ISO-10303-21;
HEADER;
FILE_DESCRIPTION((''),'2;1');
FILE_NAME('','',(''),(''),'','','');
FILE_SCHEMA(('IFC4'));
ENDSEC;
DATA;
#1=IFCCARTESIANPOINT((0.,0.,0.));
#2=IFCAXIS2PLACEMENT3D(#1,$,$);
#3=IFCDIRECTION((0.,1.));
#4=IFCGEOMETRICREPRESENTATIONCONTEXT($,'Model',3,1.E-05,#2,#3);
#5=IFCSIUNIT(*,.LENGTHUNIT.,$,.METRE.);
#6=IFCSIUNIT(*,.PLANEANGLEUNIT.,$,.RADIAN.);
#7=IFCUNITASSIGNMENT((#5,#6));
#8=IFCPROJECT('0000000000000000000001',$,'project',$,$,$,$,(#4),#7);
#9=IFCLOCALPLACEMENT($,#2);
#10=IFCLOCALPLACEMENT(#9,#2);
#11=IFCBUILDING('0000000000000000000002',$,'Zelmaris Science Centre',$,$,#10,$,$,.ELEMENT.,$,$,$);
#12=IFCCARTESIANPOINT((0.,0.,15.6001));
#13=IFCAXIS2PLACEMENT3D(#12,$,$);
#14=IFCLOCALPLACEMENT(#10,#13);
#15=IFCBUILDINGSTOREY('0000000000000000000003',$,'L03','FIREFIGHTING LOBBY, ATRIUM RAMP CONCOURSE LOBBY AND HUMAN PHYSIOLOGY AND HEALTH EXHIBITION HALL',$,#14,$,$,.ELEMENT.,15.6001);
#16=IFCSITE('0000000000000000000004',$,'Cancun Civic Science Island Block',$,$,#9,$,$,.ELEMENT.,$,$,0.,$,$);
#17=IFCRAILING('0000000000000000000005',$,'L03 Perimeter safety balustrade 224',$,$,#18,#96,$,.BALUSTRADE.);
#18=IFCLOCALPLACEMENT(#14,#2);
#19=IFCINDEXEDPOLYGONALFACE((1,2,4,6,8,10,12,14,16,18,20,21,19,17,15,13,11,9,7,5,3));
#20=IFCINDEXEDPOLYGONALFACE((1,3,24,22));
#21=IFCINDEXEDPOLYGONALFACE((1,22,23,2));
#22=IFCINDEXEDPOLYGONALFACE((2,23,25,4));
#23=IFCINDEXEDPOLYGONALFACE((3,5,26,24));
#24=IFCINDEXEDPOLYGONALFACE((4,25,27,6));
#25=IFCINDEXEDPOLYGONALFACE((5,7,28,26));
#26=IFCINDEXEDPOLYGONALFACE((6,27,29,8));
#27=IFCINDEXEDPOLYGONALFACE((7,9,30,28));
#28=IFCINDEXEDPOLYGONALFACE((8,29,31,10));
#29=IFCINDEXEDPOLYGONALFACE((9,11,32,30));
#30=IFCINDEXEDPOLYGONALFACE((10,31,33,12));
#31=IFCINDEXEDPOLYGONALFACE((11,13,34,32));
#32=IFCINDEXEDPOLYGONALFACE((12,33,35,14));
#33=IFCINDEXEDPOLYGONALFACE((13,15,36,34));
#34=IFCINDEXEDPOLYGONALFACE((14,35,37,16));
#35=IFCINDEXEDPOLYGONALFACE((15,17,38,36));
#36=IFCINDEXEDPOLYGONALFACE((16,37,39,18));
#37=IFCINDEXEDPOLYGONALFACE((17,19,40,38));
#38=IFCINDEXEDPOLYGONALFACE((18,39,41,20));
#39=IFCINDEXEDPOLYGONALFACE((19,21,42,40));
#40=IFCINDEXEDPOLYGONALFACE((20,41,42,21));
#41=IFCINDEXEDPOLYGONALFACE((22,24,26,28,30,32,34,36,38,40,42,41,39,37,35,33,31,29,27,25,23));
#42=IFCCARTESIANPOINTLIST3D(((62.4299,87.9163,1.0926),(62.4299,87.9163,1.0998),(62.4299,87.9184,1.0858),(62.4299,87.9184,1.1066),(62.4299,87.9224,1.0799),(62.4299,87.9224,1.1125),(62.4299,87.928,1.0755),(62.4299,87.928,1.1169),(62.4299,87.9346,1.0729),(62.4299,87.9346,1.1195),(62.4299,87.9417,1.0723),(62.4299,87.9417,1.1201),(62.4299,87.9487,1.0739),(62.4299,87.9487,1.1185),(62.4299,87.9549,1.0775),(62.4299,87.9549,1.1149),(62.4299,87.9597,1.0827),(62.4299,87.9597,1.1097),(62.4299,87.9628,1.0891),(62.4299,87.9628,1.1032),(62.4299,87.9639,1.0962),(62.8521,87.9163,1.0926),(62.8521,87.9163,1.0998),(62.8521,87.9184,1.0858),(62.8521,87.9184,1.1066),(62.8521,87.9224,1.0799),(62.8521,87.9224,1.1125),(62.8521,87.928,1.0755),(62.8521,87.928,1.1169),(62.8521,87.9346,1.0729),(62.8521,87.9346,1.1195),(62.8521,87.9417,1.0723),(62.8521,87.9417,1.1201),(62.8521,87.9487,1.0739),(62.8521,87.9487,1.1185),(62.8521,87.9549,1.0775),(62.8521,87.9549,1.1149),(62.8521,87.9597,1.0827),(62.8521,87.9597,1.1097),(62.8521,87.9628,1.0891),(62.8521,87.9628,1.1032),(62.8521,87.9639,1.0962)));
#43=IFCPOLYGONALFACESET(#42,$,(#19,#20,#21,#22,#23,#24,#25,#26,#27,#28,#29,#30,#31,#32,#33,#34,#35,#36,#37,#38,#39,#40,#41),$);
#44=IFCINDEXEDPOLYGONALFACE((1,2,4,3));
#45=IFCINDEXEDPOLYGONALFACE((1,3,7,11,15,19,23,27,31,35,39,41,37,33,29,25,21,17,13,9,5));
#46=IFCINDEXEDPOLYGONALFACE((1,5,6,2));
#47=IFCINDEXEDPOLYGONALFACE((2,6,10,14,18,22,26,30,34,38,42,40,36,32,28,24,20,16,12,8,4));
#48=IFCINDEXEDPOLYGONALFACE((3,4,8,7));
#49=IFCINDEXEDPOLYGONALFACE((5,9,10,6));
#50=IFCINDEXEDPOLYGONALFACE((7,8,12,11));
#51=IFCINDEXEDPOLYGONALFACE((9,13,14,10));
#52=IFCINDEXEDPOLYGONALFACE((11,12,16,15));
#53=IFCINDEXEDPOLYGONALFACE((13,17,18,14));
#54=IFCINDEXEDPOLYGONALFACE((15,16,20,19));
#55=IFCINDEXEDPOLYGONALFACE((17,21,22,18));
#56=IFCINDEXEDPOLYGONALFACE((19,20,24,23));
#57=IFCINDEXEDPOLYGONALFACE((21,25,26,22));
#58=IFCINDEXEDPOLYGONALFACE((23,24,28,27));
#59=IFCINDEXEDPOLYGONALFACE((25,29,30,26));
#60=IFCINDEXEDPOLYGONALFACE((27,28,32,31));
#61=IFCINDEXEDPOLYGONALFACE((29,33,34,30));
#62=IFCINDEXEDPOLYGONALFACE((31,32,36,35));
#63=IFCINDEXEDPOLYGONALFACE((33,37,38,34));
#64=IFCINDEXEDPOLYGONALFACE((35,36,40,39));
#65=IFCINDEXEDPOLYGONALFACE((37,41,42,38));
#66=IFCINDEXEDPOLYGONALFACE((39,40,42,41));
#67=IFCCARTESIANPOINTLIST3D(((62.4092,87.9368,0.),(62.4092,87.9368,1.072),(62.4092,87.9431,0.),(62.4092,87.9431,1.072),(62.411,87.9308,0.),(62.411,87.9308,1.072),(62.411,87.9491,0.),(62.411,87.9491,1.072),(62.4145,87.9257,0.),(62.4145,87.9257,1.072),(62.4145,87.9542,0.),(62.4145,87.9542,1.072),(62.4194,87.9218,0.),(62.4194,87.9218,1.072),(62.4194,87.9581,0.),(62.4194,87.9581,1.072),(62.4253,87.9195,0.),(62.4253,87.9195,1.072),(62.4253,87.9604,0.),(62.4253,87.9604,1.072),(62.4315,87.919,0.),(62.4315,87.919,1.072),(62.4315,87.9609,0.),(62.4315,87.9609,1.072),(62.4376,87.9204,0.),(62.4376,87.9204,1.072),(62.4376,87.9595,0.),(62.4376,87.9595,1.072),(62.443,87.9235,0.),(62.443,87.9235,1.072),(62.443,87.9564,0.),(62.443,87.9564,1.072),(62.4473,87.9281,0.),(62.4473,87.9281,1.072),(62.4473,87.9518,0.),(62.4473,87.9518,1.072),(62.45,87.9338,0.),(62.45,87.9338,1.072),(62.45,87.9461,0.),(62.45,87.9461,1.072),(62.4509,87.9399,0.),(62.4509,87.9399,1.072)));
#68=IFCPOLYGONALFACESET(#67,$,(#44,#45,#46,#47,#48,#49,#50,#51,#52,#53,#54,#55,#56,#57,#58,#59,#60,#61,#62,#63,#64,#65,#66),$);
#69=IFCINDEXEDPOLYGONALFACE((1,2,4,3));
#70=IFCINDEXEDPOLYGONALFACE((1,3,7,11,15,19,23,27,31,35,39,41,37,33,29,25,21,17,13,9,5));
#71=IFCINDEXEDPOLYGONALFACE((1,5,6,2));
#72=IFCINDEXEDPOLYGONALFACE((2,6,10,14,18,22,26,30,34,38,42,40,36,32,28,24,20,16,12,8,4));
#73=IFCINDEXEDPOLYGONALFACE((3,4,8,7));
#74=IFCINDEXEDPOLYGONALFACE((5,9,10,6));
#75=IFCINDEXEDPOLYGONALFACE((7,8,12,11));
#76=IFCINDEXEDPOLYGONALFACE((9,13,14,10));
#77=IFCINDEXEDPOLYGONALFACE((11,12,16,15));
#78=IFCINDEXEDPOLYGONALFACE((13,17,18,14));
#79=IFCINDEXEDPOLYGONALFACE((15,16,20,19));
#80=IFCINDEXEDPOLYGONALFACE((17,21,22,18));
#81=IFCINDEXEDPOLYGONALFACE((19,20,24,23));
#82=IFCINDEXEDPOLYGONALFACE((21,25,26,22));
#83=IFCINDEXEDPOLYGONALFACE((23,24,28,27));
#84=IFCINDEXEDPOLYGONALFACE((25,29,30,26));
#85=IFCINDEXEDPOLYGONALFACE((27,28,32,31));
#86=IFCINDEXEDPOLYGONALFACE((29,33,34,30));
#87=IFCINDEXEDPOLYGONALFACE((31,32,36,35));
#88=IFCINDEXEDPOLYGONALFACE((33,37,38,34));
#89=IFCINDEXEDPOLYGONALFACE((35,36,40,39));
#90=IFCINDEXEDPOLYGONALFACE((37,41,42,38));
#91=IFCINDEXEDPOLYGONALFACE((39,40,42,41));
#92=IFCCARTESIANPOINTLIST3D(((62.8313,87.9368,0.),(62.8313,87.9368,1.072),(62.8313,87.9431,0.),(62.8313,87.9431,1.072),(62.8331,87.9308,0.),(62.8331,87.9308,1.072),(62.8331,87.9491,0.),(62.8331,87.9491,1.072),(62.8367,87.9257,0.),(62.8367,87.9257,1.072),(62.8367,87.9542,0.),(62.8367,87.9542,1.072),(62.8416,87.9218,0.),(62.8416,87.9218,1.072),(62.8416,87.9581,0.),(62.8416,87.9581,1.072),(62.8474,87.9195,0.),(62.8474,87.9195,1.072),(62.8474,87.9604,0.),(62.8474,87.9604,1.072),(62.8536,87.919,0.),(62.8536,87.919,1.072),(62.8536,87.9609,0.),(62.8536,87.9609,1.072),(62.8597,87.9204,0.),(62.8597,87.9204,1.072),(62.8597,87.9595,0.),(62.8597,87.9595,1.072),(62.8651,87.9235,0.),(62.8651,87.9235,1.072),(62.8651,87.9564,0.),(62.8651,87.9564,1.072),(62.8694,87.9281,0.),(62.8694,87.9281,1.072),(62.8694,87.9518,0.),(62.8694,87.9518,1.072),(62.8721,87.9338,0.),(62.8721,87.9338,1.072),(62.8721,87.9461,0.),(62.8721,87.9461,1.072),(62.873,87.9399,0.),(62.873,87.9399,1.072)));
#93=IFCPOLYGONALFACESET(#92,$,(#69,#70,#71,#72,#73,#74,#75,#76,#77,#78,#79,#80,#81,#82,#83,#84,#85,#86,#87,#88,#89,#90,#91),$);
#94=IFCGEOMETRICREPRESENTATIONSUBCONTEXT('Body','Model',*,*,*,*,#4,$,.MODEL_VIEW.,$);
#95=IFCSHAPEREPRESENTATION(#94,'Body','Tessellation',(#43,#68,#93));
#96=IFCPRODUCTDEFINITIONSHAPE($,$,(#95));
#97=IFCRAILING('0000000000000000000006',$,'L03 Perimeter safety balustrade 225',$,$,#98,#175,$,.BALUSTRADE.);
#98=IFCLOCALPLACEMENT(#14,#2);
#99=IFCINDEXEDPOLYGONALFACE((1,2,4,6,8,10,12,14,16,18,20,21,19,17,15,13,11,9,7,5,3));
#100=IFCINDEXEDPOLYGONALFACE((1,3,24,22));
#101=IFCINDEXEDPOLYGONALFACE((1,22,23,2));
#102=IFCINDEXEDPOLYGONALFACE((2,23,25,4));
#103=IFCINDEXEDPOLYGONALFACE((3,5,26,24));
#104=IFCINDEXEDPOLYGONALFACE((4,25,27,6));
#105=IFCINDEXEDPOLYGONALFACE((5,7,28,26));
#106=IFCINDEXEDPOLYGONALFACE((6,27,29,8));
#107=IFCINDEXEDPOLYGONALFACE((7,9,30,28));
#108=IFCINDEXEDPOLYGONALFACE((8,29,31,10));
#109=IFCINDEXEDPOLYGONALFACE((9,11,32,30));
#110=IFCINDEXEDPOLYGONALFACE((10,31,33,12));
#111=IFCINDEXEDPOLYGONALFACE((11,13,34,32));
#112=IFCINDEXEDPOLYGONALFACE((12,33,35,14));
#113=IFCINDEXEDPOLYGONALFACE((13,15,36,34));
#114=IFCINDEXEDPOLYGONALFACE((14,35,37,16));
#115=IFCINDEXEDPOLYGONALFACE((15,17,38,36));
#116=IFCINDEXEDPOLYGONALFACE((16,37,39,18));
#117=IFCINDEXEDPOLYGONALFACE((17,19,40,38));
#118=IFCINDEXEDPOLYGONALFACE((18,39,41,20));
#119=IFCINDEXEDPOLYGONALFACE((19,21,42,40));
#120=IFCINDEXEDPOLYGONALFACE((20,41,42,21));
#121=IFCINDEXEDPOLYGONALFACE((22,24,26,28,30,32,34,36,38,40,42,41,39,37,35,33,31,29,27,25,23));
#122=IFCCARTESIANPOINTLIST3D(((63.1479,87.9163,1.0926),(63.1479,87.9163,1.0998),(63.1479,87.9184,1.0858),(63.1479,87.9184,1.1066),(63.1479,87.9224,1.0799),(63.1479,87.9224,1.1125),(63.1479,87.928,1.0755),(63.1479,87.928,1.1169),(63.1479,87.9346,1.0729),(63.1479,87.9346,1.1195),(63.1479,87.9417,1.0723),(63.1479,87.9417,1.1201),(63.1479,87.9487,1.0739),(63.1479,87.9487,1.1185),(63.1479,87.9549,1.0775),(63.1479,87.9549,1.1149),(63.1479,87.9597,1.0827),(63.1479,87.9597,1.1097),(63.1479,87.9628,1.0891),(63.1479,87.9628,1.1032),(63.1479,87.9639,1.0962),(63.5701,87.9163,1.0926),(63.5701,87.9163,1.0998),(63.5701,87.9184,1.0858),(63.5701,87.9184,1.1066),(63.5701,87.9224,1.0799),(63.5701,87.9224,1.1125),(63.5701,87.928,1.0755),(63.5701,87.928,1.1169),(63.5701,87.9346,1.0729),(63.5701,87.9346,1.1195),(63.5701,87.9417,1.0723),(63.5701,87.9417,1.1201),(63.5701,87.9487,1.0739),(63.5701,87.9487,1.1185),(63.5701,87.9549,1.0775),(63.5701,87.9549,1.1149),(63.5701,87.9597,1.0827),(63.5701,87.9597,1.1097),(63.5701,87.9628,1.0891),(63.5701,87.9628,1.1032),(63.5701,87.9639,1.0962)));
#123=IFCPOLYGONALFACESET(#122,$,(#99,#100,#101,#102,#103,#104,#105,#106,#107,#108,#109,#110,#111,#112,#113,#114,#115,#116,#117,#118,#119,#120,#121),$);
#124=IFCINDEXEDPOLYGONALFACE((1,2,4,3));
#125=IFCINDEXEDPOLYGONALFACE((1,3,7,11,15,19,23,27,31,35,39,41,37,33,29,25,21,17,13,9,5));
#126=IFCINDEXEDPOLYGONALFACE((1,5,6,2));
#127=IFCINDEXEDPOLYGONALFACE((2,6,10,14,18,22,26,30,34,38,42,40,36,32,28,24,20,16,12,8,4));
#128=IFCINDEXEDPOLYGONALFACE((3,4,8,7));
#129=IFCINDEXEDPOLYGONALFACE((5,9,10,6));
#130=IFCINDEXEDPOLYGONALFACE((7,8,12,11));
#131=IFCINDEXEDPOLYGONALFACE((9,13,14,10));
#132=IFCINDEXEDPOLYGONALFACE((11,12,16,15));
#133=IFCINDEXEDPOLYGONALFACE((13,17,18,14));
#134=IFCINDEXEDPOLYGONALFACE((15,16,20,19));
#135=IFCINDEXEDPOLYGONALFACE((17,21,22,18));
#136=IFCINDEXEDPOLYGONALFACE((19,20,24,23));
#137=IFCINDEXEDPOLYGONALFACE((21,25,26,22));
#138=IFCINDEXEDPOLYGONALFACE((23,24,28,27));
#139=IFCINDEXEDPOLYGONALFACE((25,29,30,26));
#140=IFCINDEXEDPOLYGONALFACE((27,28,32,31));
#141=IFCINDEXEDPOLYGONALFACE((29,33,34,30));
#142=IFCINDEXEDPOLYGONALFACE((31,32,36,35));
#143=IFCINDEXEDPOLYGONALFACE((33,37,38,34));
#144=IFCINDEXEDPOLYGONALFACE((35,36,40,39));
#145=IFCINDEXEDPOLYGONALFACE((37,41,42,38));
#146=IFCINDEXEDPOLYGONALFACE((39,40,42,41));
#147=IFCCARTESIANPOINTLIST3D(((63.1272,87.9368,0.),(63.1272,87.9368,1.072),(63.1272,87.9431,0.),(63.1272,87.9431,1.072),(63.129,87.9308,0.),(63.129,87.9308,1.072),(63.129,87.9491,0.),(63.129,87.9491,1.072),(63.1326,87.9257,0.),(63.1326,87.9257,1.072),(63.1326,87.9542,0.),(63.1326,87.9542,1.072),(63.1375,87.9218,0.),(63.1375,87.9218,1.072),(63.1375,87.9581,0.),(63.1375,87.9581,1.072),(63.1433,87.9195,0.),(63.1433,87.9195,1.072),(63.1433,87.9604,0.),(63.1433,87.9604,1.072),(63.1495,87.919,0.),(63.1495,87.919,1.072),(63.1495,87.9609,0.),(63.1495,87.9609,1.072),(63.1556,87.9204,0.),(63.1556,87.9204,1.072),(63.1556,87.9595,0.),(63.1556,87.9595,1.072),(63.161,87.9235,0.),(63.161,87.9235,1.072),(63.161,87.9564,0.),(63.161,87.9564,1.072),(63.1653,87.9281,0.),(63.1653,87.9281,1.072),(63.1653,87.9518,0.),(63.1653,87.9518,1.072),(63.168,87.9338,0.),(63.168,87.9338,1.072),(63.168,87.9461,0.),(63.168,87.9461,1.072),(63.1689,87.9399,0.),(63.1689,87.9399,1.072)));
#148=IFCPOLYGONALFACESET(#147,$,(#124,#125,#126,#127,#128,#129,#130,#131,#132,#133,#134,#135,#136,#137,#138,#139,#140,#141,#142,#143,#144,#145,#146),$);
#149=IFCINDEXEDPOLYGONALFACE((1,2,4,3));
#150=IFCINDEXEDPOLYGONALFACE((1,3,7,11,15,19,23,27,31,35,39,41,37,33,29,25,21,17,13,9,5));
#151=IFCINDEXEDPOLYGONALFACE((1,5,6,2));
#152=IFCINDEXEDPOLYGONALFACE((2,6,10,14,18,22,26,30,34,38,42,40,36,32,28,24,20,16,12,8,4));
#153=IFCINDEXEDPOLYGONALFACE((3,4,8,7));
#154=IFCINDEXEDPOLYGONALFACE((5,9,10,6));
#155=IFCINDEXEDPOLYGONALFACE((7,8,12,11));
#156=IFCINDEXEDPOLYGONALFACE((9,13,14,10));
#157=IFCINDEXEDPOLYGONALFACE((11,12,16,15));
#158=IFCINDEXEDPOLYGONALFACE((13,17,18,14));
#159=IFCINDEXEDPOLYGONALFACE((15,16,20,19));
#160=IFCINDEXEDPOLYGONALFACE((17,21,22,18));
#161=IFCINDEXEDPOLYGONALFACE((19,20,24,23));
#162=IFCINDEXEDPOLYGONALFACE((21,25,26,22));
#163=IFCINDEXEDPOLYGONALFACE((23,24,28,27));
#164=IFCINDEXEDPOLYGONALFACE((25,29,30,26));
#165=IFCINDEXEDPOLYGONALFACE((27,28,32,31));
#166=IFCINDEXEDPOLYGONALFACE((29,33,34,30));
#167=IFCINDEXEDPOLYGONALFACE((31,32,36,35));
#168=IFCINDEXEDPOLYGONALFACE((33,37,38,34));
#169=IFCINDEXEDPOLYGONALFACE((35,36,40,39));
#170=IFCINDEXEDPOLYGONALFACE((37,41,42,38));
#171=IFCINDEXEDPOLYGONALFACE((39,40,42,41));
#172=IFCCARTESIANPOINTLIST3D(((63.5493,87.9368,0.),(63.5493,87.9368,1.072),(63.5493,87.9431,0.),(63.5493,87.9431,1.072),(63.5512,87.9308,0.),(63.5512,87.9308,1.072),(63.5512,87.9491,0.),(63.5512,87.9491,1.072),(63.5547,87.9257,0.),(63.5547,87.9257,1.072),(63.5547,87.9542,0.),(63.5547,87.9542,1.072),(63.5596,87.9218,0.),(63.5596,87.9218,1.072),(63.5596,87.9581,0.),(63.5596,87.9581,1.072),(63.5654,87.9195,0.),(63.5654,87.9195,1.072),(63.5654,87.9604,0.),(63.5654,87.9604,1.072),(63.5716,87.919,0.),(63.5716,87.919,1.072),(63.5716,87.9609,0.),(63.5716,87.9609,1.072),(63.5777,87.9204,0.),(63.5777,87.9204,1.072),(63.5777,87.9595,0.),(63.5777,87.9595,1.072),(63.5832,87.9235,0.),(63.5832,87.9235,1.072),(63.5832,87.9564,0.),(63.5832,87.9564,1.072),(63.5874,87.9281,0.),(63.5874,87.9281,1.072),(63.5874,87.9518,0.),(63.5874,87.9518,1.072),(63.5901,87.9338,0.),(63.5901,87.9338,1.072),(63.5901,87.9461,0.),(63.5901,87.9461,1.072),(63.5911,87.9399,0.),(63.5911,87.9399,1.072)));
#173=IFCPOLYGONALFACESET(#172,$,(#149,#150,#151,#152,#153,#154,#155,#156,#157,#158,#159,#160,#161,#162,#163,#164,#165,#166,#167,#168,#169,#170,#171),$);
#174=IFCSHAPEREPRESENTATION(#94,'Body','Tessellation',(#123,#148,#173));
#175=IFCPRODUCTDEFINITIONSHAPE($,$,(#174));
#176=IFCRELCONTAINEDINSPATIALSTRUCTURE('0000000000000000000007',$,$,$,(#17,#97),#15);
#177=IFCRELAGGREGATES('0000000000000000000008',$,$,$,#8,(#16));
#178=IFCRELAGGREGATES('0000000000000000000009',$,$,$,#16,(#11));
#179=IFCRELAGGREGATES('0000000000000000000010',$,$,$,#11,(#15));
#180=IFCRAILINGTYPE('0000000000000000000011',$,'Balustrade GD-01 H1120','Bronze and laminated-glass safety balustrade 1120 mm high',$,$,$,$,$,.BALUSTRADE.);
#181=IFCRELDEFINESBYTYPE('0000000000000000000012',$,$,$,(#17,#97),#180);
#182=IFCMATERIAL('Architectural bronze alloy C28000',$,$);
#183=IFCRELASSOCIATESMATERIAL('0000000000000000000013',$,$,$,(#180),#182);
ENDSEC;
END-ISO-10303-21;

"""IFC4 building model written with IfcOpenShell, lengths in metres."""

from ifc_helpers import new_model, si_unit, direction, frame, origin, origin_2d, place, context, subcontext, project, spatial, circle, extrude, material, type_object, element, save


model = new_model("IFC4")

# Units and contexts
model_context = context("Model", 3, precision=1e-05, world=origin(), true_north=direction((0.0, 1.0)))
body_context = subcontext(model_context, "Body", "Model", "MODEL_VIEW")
ifc_project = project(units=[si_unit("LENGTHUNIT", "METRE"), si_unit("PLANEANGLEUNIT", "RADIAN")], contexts=[model_context])

# Site, building, storey
site_placement = place(None, origin())
site = spatial("IfcSite", under=ifc_project, at=site_placement, Name="Cancun Civic Science Island Block", CompositionType="ELEMENT", RefElevation=0.0)
building_placement = place(site_placement, origin())
building = spatial("IfcBuilding", under=site, at=building_placement, Name="Zelmaris Science Centre", CompositionType="ELEMENT")
storey_placement = place(building_placement, frame((0.0, 0.0, 15.6001)))
storey = spatial("IfcBuildingStorey", under=building, at=storey_placement, Name="L03", Description="FIREFIGHTING LOBBY, ATRIUM RAMP CONCOURSE LOBBY AND HUMAN PHYSIOLOGY AND HEALTH EXHIBITION HALL", CompositionType="ELEMENT", Elevation=15.6001)

# Railings
ifc_material_1 = material(Name="Architectural bronze alloy C28000")
railing_type = type_object("IfcRailingType", Name="Balustrade GD-01 H1120", Description="Bronze and laminated-glass safety balustrade 1120 mm high", PredefinedType="BALUSTRADE", material=ifc_material_1)
for number, where, name in (
    (1, (62.4299, 87.9399, 0.0), "L03 Perimeter safety balustrade 224"),
    (2, (63.1479, 87.9399, 0.0), "L03 Perimeter safety balustrade 225"),
):
    element("IfcRailing", number, at=place(storey_placement, frame(where)), inside=storey, type_object=railing_type, Name=name, PredefinedType="BALUSTRADE", context=body_context, shape_type="SweptSolid", body=[
        extrude(circle(Radius=0.0239, at=origin_2d()), frame((0.0, 0.0, 1.0962), z_axis=(1.0, 0.0, 0.0), x_axis=(0.0, 1.0, 0.0)), (0.0, 0.0, 1.0), 0.4221),
        extrude(circle(Radius=0.021, at=origin_2d()), origin(), (0.0, 0.0, 1.0), 1.072),
        extrude(circle(Radius=0.021, at=origin_2d()), frame((0.4221, 0.0, 0.0)), (0.0, 0.0, 1.0), 1.072),
    ])

save(model, "model.ifc")
